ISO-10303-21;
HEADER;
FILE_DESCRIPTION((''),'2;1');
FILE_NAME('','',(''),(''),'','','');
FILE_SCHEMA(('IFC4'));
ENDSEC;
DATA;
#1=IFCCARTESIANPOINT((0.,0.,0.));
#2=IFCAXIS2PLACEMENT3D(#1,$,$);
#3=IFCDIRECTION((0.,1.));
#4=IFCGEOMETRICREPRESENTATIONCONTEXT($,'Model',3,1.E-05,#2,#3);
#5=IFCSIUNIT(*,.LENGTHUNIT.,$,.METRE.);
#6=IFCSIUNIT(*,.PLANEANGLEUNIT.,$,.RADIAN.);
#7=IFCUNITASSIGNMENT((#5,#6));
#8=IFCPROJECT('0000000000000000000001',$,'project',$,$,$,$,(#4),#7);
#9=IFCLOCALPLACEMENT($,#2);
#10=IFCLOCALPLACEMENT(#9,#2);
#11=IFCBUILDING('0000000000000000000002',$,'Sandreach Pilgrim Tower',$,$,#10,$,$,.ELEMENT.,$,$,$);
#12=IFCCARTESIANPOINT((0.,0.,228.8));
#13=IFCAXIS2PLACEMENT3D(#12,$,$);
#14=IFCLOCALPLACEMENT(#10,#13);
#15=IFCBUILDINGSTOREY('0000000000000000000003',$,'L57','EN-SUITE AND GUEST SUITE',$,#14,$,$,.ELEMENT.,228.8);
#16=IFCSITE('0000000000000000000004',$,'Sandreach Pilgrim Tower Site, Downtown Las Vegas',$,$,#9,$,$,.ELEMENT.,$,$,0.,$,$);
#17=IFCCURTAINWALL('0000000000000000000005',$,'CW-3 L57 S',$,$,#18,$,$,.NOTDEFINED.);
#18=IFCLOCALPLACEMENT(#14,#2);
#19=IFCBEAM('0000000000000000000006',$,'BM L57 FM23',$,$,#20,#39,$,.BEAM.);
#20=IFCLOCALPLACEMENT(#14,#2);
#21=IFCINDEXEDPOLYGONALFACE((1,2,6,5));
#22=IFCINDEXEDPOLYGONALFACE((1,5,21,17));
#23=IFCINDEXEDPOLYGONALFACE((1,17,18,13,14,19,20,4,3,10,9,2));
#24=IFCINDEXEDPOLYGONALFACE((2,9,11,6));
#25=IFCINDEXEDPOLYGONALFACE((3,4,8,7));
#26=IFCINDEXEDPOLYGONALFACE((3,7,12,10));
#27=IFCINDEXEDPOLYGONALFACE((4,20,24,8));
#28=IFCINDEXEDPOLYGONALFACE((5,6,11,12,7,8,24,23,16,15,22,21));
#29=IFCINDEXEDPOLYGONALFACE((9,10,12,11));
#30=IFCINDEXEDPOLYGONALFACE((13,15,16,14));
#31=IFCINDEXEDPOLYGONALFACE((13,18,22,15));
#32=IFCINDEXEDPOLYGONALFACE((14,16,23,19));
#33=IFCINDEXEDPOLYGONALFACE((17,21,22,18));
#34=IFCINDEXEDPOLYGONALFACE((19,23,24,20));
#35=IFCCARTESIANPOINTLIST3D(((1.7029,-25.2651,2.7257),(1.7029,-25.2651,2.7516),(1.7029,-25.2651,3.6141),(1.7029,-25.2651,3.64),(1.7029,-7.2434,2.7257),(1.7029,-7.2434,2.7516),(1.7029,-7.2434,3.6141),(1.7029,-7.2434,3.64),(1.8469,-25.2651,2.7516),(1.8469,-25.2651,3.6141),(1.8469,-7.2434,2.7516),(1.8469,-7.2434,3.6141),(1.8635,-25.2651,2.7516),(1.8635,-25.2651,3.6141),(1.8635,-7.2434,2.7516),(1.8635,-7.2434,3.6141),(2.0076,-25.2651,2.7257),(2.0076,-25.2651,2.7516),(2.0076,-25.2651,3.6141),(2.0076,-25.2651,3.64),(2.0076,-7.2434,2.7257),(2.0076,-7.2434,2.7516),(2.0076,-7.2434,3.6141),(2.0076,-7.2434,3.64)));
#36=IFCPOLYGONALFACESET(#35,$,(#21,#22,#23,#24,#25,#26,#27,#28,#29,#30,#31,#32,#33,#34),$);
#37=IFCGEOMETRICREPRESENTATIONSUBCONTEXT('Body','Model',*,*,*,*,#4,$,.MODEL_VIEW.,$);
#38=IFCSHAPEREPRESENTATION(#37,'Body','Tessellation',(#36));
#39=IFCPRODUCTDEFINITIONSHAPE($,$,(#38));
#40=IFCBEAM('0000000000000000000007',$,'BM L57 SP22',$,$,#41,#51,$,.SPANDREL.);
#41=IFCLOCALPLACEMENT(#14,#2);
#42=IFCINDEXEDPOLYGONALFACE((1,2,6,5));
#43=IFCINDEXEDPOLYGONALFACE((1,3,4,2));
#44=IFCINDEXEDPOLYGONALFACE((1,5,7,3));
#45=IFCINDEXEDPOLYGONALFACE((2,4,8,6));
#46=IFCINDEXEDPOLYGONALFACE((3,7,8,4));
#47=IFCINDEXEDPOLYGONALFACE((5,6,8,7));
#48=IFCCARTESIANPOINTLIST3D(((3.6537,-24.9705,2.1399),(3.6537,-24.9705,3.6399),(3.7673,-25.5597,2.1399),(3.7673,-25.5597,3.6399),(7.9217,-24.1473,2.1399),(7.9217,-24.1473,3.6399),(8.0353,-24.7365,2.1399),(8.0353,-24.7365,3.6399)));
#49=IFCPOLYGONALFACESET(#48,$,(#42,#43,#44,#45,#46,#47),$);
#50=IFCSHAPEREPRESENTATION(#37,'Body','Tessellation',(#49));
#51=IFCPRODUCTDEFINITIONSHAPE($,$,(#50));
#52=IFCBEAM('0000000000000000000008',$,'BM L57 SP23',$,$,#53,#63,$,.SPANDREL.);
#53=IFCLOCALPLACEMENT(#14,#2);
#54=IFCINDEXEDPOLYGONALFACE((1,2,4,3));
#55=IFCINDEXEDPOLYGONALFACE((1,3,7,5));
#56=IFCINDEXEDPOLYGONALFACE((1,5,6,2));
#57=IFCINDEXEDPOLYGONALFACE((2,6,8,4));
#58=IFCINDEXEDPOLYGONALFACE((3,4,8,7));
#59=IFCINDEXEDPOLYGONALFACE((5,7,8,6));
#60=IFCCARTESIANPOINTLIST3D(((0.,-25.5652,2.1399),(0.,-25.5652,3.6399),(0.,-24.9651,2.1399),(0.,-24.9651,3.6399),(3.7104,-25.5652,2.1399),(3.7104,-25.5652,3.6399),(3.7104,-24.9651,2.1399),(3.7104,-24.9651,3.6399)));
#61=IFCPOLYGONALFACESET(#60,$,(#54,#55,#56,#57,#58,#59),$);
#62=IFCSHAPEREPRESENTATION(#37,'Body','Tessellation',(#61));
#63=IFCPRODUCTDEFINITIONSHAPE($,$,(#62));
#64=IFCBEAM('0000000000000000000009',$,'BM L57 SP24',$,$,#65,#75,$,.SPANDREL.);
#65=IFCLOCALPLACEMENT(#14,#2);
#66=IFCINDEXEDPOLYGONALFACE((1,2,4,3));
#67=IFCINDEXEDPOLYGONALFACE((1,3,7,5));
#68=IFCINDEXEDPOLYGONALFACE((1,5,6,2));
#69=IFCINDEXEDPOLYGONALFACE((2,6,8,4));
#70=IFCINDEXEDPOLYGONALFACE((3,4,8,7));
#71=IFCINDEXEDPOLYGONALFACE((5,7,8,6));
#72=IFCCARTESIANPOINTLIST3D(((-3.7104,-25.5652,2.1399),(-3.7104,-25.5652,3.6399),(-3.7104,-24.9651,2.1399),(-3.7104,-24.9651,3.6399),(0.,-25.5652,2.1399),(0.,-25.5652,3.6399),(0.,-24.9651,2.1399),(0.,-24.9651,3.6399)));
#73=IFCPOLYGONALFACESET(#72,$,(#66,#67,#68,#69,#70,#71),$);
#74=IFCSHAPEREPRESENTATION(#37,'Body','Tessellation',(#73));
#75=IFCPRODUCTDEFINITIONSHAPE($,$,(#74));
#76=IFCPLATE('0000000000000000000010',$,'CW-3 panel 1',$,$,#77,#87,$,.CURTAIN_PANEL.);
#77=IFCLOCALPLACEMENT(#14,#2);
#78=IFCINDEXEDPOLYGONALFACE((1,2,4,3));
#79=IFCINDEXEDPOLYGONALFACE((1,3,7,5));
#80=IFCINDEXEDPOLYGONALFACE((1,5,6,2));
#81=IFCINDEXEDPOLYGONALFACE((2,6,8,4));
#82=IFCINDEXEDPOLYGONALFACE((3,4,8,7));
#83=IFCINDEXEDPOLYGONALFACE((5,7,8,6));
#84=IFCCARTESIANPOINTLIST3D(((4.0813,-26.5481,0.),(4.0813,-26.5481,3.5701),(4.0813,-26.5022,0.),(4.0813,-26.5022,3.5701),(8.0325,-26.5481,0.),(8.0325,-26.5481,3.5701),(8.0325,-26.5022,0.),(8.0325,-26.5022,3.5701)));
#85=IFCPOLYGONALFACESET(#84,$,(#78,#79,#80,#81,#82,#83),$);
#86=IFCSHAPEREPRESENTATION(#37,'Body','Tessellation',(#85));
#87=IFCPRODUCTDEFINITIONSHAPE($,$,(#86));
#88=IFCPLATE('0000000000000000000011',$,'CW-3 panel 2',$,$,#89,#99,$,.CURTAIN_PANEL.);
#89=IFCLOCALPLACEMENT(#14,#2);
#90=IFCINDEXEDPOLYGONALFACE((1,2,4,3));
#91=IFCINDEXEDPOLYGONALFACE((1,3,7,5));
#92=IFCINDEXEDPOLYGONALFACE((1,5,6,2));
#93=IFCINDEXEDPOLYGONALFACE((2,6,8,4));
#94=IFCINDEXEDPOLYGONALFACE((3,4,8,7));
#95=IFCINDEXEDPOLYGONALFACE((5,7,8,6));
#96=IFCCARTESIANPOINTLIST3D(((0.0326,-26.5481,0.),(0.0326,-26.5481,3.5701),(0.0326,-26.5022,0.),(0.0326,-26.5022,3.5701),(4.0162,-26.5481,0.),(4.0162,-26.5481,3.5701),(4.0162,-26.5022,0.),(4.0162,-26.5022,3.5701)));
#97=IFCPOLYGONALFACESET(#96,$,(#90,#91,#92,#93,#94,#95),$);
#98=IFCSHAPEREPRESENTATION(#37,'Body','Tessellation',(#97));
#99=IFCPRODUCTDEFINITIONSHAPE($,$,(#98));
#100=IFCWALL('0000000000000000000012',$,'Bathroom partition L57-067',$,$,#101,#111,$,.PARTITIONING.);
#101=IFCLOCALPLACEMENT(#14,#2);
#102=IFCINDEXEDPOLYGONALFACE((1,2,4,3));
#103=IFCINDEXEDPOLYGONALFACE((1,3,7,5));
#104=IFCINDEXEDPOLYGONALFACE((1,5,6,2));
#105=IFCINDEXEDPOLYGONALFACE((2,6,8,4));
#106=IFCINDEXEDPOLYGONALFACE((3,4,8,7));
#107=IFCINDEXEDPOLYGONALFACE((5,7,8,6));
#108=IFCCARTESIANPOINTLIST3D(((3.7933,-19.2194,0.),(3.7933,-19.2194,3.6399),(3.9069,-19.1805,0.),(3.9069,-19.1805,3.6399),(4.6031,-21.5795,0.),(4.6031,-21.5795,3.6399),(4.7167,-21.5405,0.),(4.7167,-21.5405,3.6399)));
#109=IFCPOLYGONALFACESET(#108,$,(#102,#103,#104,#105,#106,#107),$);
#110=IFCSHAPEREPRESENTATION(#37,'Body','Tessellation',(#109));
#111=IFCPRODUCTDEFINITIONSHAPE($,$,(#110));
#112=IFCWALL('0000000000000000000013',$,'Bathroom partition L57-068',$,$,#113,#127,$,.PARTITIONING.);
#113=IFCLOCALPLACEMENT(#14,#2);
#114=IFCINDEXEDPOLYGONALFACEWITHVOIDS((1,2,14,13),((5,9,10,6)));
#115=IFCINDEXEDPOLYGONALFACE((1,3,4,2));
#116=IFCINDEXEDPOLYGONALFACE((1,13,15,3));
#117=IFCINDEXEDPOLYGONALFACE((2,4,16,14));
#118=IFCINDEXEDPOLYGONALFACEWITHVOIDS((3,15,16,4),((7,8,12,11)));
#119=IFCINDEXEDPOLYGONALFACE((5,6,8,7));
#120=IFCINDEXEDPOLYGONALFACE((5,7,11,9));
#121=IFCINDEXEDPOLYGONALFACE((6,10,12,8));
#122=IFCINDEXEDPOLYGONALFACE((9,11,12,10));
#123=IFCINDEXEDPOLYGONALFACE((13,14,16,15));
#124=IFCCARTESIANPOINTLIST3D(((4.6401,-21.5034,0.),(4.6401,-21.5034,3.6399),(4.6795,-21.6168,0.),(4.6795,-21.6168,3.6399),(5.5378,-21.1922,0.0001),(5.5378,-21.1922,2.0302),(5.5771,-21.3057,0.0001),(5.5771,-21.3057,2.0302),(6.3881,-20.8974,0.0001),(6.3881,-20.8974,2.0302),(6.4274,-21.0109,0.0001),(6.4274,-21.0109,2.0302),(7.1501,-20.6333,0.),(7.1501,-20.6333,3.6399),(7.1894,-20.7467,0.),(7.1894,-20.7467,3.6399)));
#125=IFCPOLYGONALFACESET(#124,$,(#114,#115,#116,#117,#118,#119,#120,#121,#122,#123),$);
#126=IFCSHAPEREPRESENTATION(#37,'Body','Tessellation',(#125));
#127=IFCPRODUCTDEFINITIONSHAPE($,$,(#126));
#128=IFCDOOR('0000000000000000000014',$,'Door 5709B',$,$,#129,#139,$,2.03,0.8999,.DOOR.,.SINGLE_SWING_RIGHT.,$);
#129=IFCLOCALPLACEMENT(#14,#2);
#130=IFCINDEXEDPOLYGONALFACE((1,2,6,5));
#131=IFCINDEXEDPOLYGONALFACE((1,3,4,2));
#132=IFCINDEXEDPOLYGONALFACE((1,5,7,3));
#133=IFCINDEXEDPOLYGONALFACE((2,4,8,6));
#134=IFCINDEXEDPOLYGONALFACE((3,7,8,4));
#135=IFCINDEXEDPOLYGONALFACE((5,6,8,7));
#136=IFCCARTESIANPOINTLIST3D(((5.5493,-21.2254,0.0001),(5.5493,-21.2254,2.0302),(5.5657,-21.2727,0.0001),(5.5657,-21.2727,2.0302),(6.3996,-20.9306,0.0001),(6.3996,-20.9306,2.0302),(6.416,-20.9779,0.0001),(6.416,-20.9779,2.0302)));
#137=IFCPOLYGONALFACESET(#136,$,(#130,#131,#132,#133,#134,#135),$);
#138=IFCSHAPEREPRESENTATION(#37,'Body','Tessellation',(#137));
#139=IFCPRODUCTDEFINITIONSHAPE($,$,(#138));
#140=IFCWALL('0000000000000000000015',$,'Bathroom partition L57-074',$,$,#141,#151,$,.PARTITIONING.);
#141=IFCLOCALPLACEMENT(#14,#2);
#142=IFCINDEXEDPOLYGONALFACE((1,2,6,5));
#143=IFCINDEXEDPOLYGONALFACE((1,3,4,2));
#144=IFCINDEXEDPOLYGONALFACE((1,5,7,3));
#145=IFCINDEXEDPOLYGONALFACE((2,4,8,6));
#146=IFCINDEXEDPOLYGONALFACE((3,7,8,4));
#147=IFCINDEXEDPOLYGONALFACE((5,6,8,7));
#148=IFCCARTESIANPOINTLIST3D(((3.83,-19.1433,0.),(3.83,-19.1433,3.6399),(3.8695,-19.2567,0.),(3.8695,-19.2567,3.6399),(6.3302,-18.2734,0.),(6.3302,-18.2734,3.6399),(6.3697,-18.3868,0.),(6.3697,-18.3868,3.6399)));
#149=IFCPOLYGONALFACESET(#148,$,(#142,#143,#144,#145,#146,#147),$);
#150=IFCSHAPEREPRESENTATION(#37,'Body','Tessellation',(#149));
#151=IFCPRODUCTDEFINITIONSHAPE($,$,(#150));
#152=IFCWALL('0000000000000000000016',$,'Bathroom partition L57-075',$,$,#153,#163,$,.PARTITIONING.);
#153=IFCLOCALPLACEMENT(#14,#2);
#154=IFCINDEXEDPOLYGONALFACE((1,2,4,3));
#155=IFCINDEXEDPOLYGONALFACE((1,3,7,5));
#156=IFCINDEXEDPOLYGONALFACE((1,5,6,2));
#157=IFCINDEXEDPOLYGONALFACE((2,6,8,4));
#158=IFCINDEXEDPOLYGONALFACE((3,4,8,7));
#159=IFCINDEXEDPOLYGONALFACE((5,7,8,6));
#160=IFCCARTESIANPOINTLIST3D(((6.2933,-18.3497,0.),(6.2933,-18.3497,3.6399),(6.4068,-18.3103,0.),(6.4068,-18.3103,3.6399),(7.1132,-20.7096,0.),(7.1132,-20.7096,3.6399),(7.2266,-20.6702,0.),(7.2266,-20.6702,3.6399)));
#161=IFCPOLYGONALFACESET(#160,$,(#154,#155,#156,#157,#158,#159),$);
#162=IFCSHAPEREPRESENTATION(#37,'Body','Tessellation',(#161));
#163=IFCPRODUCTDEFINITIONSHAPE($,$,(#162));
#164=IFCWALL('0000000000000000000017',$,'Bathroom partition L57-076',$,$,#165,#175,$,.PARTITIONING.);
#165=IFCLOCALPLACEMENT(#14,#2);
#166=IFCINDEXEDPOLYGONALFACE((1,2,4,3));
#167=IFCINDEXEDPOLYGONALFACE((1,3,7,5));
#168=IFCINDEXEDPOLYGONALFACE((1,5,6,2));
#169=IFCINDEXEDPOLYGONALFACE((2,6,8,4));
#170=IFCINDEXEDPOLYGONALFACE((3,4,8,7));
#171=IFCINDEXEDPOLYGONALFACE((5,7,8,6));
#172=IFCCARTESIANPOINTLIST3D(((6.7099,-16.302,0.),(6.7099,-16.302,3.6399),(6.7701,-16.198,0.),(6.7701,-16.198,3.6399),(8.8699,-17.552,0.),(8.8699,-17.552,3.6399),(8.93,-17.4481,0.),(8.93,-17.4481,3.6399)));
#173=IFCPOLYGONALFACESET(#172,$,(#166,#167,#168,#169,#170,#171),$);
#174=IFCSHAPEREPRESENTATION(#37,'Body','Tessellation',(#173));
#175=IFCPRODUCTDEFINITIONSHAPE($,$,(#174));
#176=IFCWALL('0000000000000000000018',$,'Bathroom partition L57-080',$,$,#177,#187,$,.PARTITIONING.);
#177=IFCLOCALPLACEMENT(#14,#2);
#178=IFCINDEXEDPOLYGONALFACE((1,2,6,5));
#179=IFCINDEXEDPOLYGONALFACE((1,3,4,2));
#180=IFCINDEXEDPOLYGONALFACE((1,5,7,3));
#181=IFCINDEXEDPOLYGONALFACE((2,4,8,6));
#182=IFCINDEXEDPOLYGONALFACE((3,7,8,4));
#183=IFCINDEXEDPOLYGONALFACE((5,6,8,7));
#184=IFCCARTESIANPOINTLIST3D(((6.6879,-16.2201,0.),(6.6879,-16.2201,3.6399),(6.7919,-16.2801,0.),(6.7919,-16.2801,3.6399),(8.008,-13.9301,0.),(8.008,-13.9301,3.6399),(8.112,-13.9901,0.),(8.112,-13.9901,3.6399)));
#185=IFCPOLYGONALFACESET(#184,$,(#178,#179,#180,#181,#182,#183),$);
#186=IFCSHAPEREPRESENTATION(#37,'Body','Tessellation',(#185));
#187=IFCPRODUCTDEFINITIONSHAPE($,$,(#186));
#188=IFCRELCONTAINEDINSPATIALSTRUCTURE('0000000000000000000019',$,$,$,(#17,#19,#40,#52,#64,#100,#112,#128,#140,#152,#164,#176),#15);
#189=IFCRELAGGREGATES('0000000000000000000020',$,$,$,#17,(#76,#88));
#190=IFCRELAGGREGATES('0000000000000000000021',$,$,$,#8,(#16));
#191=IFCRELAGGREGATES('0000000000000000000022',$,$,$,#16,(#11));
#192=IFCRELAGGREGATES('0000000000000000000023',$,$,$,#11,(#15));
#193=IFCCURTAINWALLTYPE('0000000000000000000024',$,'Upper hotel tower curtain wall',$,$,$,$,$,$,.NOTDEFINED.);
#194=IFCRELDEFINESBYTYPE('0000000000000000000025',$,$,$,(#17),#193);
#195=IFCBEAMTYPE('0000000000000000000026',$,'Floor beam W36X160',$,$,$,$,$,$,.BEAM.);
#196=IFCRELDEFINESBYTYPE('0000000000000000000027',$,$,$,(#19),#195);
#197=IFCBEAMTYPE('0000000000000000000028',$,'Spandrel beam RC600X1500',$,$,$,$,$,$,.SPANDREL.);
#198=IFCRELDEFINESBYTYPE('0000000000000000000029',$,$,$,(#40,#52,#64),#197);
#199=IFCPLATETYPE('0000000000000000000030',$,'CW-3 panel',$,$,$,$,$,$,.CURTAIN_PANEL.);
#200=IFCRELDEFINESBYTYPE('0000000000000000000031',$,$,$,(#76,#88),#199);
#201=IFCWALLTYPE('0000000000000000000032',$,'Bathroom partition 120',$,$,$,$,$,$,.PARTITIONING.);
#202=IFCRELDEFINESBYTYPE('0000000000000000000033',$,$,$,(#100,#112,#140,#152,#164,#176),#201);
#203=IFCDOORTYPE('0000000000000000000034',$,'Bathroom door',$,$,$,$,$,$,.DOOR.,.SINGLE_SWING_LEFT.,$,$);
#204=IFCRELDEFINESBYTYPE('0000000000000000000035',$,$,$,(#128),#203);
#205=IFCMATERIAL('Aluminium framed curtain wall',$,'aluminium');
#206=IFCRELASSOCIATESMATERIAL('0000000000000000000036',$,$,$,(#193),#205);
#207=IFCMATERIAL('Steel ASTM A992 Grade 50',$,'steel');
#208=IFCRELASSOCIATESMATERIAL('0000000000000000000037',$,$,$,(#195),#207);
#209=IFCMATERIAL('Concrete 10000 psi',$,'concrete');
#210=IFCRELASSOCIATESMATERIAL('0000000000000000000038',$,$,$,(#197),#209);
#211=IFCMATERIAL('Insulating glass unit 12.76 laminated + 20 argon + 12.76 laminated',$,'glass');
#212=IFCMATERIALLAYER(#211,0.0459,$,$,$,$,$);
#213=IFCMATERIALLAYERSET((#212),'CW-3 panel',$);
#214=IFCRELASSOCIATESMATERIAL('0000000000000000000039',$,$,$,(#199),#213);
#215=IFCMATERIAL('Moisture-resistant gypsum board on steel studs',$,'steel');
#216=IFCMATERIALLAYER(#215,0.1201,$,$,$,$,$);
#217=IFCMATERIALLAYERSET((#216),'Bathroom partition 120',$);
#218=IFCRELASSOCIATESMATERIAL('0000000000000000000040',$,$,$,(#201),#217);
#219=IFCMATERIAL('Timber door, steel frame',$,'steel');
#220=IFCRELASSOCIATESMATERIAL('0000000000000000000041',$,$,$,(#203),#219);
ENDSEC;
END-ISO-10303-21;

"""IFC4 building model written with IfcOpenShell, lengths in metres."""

from ifc_helpers import new_model, si_unit, direction, frame, frame_2d, origin, origin_2d, place, context, subcontext, project, spatial, rectangle, i_section, extrude, material, layer, layer_set, material_profile, profile_set, type_object, element, fill, aggregate, save


model = new_model("IFC4")

# Units and contexts
model_context = context("Model", 3, precision=1e-05, world=origin(), true_north=direction((0.0, 1.0)))
body_context = subcontext(model_context, "Body", "Model", "MODEL_VIEW")
ifc_project = project(units=[si_unit("LENGTHUNIT", "METRE"), si_unit("PLANEANGLEUNIT", "RADIAN")], contexts=[model_context])

# Site, building, storey
site_placement = place(None, origin())
site = spatial("IfcSite", under=ifc_project, at=site_placement, Name="Sandreach Pilgrim Tower Site, Downtown Las Vegas", CompositionType="ELEMENT", RefElevation=0.0)
building_placement = place(site_placement, origin())
building = spatial("IfcBuilding", under=site, at=building_placement, Name="Sandreach Pilgrim Tower", CompositionType="ELEMENT")
storey_placement = place(building_placement, frame((0.0, 0.0, 228.8)))
storey = spatial("IfcBuildingStorey", under=building, at=storey_placement, Name="L57", Description="EN-SUITE AND GUEST SUITE", CompositionType="ELEMENT", Elevation=228.8)

# Curtain wall
ifc_material_1 = material(Name="Aluminium framed curtain wall", Category="aluminium")
curtain_wall_type = type_object("IfcCurtainWallType", Name="Upper hotel tower curtain wall", PredefinedType="NOTDEFINED", material=ifc_material_1)
curtain_wall_placement = place(storey_placement, origin())
curtain_wall = element("IfcCurtainWall", 1, at=curtain_wall_placement, inside=storey, type_object=curtain_wall_type, Name="CW-3 L57 S", PredefinedType="NOTDEFINED")

# Beams
ifc_material_2 = material(Name="Steel ASTM A992 Grade 50", Category="steel")
ifc_material_profile_1 = material_profile(ifc_material_2, i_section(OverallWidth=0.3047, OverallDepth=0.9143, WebThickness=0.0166, FlangeThickness=0.0259, at=origin_2d()), Name="W36X160")
ifc_profile_set_1 = profile_set([ifc_material_profile_1], Name="Steel ASTM A992 Grade 50")
beam_type_1 = type_object("IfcBeamType", Name="Floor beam W36X160", PredefinedType="BEAM", material=ifc_profile_set_1)
beam_1_placement = place(storey_placement, frame((1.8552, -25.2651, 3.1829), z_axis=(0.0, 1.0, 0.0), x_axis=(-1.0, 0.0, 0.0)))
element("IfcBeam", 2, at=beam_1_placement, inside=storey, type_object=beam_type_1, Name="BM L57 FM23", PredefinedType="BEAM", context=body_context, shape_type="SweptSolid", body=[
    extrude(i_section(OverallWidth=0.3047, OverallDepth=0.9143, WebThickness=0.0166, FlangeThickness=0.0259, at=origin_2d()), origin(), (0.0, 0.0, 1.0), 18.0217),
])
ifc_material_3 = material(Name="Concrete 10000 psi", Category="concrete")
ifc_material_profile_2 = material_profile(ifc_material_3, rectangle(XDim=0.6001, YDim=1.5, at=origin_2d()), Name="RC600X1500")
ifc_profile_set_2 = profile_set([ifc_material_profile_2], Name="Concrete 10000 psi")
beam_type_2 = type_object("IfcBeamType", Name="Spandrel beam RC600X1500", PredefinedType="SPANDREL", material=ifc_profile_set_2)
beam_2_placement = place(storey_placement, frame((7.9785, -24.4419, 2.8899), z_axis=(-0.981901, -0.189393, 0.0), x_axis=(0.189393, -0.981901, 0.0)))
element("IfcBeam", 3, at=beam_2_placement, inside=storey, type_object=beam_type_2, Name="BM L57 SP22", PredefinedType="SPANDREL", context=body_context, shape_type="SweptSolid", body=[
    extrude(rectangle(XDim=0.6001, YDim=1.5, at=origin_2d()), origin(), (0.0, 0.0, 1.0), 4.3467),
])
for number, where, z_axis, x_axis, name in (
    (4, (3.7104, -25.2651, 2.8899), (-1.0, 0.0, 0.0), (0.0, -1.0, 0.0), "BM L57 SP23"),
    (5, (0.0, -25.2651, 2.8899), (-1.0, 0.0, 0.0), (0.0, -1.0, 0.0), "BM L57 SP24"),
):
    element("IfcBeam", number, at=place(storey_placement, frame(where, z_axis=z_axis, x_axis=x_axis)), inside=storey, type_object=beam_type_2, Name=name, PredefinedType="SPANDREL", context=body_context, shape_type="SweptSolid", body=[
        extrude(rectangle(XDim=0.6001, YDim=1.5, at=origin_2d()), origin(), (0.0, 0.0, 1.0), 3.7104),
    ])

# Plates
ifc_material_4 = material(Name="Insulating glass unit 12.76 laminated + 20 argon + 12.76 laminated", Category="glass")
ifc_layer_1 = layer(ifc_material_4, 0.0459)
ifc_layer_set_1 = layer_set([ifc_layer_1], Name="CW-3 panel")
plate_type = type_object("IfcPlateType", Name="CW-3 panel", PredefinedType="CURTAIN_PANEL", material=ifc_layer_set_1)
plate_1_placement = place(storey_placement, frame((6.0569, -26.5251, 0.0), z_axis=(0.0, 0.0, 1.0), x_axis=(-1.0, 0.0, 0.0)))
plate_1 = element("IfcPlate", 6, at=plate_1_placement, type_object=plate_type, Name="CW-3 panel 1", PredefinedType="CURTAIN_PANEL", context=body_context, shape_type="SweptSolid", body=[
    extrude(rectangle(XDim=3.9512, YDim=0.0459, at=origin_2d()), origin(), (0.0, 0.0, 1.0), 3.5701),
])
plate_2_placement = place(storey_placement, frame((2.0244, -26.5251, 0.0), z_axis=(0.0, 0.0, 1.0), x_axis=(-1.0, 0.0, 0.0)))
plate_2 = element("IfcPlate", 7, at=plate_2_placement, type_object=plate_type, Name="CW-3 panel 2", PredefinedType="CURTAIN_PANEL", context=body_context, shape_type="SweptSolid", body=[
    extrude(rectangle(XDim=3.9836, YDim=0.0459, at=origin_2d()), origin(), (0.0, 0.0, 1.0), 3.5701),
])
aggregate(curtain_wall, [plate_1, plate_2])

# Wall
ifc_material_5 = material(Name="Moisture-resistant gypsum board on steel studs", Category="steel")
ifc_layer_2 = layer(ifc_material_5, 0.1201)
ifc_layer_set_2 = layer_set([ifc_layer_2], Name="Bathroom partition 120")
wall_type_1 = type_object("IfcWallType", Name="Bathroom partition 120", PredefinedType="PARTITIONING", material=ifc_layer_set_2)
wall_1_placement = place(storey_placement, frame((3.8501, -19.2, 0.0), z_axis=(0.0, 0.0, 1.0), x_axis=(0.324552, -0.945868, 0.0)))
element("IfcWall", 8, at=wall_1_placement, inside=storey, type_object=wall_type_1, Name="Bathroom partition L57-067", PredefinedType="PARTITIONING", context=body_context, shape_type="SweptSolid", body=[
    extrude(rectangle(XDim=2.4951, YDim=0.1201, at=frame_2d((1.2476, 0.0))), origin(), (0.0, 0.0, 1.0), 3.6399),
])

# Wall, opening, door
wall_2_placement = place(storey_placement, frame((4.6599, -21.5601, 0.0), z_axis=(0.0, 0.0, 1.0), x_axis=(0.944838, 0.327537, 0.0)))
wall_2 = element("IfcWall", 9, at=wall_2_placement, inside=storey, type_object=wall_type_1, Name="Bathroom partition L57-068", PredefinedType="PARTITIONING", context=body_context, shape_type="SweptSolid", body=[
    extrude(rectangle(XDim=2.6565, YDim=0.1201, at=frame_2d((1.3281, 0.0))), origin(), (0.0, 0.0, 1.0), 3.6399),
])
opening_1_placement = place(wall_2_placement, frame((0.95, 0.0, 0.0)))
opening_1 = element("IfcOpeningElement", 10, at=opening_1_placement, cuts=wall_2, PredefinedType="OPENING", context=body_context, shape_type="SweptSolid", body=[
    extrude(rectangle(XDim=0.8999, YDim=2.03, at=frame_2d((0.45, 1.0151))), frame((0.0, 0.0601, 0.0), z_axis=(0.0, -1.0, 0.0), x_axis=(1.0, 0.0, 0.0)), (0.0, 0.0, 1.0), 0.1201),
])
ifc_material_6 = material(Name="Timber door, steel frame", Category="steel")
door_type_1 = type_object("IfcDoorType", Name="Bathroom door", OperationType="SINGLE_SWING_LEFT", PredefinedType="DOOR", material=ifc_material_6)
door_1_placement = place(opening_1_placement, origin())
door_1 = element("IfcDoor", 11, at=door_1_placement, inside=storey, type_object=door_type_1, Name="Door 5709B", OperationType="SINGLE_SWING_RIGHT", OverallHeight=2.03, OverallWidth=0.8999, PredefinedType="DOOR", context=body_context, shape_type="SweptSolid", body=[
    extrude(rectangle(XDim=0.8999, YDim=2.03, at=frame_2d((0.45, 1.0151))), frame((0.0, 0.0249, 0.0), z_axis=(0.0, -1.0, 0.0), x_axis=(1.0, 0.0, 0.0)), (0.0, 0.0, 1.0), 0.05),
])
fill(opening_1, door_1)

# Walls
wall_3_placement = place(storey_placement, frame((6.3501, -18.3301, 0.0), z_axis=(0.0, 0.0, 1.0), x_axis=(-0.944471, -0.328596, 0.0)))
element("IfcWall", 12, at=wall_3_placement, inside=storey, type_object=wall_type_1, Name="Bathroom partition L57-074", PredefinedType="PARTITIONING", context=body_context, shape_type="SweptSolid", body=[
    extrude(rectangle(XDim=2.6472, YDim=0.1201, at=frame_2d((1.3237, 0.0))), origin(), (0.0, 0.0, 1.0), 3.6399),
])
wall_4_placement = place(storey_placement, frame((6.3501, -18.3301, 0.0), z_axis=(0.0, 0.0, 1.0), x_axis=(0.328164, -0.944621, 0.0)))
element("IfcWall", 13, at=wall_4_placement, inside=storey, type_object=wall_type_1, Name="Bathroom partition L57-075", PredefinedType="PARTITIONING", context=body_context, shape_type="SweptSolid", body=[
    extrude(rectangle(XDim=2.4983, YDim=0.1201, at=frame_2d((1.249, 0.0))), origin(), (0.0, 0.0, 1.0), 3.6399),
])
wall_5_placement = place(storey_placement, frame((6.74, -16.25, 0.0), z_axis=(0.0, 0.0, 1.0), x_axis=(0.865509, -0.500894, 0.0)))
element("IfcWall", 14, at=wall_5_placement, inside=storey, type_object=wall_type_1, Name="Bathroom partition L57-076", PredefinedType="PARTITIONING", context=body_context, shape_type="SweptSolid", body=[
    extrude(rectangle(XDim=2.4956, YDim=0.1201, at=frame_2d((1.2478, 0.0))), origin(), (0.0, 0.0, 1.0), 3.6399),
])
wall_6_placement = place(storey_placement, frame((8.0601, -13.96, 0.0), z_axis=(0.0, 0.0, 1.0), x_axis=(-0.499408, -0.866367, 0.0)))
element("IfcWall", 15, at=wall_6_placement, inside=storey, type_object=wall_type_1, Name="Bathroom partition L57-080", PredefinedType="PARTITIONING", context=body_context, shape_type="SweptSolid", body=[
    extrude(rectangle(XDim=2.6433, YDim=0.1201, at=frame_2d((1.3218, 0.0))), origin(), (0.0, 0.0, 1.0), 3.6399),
])

save(model, "model.ifc")
